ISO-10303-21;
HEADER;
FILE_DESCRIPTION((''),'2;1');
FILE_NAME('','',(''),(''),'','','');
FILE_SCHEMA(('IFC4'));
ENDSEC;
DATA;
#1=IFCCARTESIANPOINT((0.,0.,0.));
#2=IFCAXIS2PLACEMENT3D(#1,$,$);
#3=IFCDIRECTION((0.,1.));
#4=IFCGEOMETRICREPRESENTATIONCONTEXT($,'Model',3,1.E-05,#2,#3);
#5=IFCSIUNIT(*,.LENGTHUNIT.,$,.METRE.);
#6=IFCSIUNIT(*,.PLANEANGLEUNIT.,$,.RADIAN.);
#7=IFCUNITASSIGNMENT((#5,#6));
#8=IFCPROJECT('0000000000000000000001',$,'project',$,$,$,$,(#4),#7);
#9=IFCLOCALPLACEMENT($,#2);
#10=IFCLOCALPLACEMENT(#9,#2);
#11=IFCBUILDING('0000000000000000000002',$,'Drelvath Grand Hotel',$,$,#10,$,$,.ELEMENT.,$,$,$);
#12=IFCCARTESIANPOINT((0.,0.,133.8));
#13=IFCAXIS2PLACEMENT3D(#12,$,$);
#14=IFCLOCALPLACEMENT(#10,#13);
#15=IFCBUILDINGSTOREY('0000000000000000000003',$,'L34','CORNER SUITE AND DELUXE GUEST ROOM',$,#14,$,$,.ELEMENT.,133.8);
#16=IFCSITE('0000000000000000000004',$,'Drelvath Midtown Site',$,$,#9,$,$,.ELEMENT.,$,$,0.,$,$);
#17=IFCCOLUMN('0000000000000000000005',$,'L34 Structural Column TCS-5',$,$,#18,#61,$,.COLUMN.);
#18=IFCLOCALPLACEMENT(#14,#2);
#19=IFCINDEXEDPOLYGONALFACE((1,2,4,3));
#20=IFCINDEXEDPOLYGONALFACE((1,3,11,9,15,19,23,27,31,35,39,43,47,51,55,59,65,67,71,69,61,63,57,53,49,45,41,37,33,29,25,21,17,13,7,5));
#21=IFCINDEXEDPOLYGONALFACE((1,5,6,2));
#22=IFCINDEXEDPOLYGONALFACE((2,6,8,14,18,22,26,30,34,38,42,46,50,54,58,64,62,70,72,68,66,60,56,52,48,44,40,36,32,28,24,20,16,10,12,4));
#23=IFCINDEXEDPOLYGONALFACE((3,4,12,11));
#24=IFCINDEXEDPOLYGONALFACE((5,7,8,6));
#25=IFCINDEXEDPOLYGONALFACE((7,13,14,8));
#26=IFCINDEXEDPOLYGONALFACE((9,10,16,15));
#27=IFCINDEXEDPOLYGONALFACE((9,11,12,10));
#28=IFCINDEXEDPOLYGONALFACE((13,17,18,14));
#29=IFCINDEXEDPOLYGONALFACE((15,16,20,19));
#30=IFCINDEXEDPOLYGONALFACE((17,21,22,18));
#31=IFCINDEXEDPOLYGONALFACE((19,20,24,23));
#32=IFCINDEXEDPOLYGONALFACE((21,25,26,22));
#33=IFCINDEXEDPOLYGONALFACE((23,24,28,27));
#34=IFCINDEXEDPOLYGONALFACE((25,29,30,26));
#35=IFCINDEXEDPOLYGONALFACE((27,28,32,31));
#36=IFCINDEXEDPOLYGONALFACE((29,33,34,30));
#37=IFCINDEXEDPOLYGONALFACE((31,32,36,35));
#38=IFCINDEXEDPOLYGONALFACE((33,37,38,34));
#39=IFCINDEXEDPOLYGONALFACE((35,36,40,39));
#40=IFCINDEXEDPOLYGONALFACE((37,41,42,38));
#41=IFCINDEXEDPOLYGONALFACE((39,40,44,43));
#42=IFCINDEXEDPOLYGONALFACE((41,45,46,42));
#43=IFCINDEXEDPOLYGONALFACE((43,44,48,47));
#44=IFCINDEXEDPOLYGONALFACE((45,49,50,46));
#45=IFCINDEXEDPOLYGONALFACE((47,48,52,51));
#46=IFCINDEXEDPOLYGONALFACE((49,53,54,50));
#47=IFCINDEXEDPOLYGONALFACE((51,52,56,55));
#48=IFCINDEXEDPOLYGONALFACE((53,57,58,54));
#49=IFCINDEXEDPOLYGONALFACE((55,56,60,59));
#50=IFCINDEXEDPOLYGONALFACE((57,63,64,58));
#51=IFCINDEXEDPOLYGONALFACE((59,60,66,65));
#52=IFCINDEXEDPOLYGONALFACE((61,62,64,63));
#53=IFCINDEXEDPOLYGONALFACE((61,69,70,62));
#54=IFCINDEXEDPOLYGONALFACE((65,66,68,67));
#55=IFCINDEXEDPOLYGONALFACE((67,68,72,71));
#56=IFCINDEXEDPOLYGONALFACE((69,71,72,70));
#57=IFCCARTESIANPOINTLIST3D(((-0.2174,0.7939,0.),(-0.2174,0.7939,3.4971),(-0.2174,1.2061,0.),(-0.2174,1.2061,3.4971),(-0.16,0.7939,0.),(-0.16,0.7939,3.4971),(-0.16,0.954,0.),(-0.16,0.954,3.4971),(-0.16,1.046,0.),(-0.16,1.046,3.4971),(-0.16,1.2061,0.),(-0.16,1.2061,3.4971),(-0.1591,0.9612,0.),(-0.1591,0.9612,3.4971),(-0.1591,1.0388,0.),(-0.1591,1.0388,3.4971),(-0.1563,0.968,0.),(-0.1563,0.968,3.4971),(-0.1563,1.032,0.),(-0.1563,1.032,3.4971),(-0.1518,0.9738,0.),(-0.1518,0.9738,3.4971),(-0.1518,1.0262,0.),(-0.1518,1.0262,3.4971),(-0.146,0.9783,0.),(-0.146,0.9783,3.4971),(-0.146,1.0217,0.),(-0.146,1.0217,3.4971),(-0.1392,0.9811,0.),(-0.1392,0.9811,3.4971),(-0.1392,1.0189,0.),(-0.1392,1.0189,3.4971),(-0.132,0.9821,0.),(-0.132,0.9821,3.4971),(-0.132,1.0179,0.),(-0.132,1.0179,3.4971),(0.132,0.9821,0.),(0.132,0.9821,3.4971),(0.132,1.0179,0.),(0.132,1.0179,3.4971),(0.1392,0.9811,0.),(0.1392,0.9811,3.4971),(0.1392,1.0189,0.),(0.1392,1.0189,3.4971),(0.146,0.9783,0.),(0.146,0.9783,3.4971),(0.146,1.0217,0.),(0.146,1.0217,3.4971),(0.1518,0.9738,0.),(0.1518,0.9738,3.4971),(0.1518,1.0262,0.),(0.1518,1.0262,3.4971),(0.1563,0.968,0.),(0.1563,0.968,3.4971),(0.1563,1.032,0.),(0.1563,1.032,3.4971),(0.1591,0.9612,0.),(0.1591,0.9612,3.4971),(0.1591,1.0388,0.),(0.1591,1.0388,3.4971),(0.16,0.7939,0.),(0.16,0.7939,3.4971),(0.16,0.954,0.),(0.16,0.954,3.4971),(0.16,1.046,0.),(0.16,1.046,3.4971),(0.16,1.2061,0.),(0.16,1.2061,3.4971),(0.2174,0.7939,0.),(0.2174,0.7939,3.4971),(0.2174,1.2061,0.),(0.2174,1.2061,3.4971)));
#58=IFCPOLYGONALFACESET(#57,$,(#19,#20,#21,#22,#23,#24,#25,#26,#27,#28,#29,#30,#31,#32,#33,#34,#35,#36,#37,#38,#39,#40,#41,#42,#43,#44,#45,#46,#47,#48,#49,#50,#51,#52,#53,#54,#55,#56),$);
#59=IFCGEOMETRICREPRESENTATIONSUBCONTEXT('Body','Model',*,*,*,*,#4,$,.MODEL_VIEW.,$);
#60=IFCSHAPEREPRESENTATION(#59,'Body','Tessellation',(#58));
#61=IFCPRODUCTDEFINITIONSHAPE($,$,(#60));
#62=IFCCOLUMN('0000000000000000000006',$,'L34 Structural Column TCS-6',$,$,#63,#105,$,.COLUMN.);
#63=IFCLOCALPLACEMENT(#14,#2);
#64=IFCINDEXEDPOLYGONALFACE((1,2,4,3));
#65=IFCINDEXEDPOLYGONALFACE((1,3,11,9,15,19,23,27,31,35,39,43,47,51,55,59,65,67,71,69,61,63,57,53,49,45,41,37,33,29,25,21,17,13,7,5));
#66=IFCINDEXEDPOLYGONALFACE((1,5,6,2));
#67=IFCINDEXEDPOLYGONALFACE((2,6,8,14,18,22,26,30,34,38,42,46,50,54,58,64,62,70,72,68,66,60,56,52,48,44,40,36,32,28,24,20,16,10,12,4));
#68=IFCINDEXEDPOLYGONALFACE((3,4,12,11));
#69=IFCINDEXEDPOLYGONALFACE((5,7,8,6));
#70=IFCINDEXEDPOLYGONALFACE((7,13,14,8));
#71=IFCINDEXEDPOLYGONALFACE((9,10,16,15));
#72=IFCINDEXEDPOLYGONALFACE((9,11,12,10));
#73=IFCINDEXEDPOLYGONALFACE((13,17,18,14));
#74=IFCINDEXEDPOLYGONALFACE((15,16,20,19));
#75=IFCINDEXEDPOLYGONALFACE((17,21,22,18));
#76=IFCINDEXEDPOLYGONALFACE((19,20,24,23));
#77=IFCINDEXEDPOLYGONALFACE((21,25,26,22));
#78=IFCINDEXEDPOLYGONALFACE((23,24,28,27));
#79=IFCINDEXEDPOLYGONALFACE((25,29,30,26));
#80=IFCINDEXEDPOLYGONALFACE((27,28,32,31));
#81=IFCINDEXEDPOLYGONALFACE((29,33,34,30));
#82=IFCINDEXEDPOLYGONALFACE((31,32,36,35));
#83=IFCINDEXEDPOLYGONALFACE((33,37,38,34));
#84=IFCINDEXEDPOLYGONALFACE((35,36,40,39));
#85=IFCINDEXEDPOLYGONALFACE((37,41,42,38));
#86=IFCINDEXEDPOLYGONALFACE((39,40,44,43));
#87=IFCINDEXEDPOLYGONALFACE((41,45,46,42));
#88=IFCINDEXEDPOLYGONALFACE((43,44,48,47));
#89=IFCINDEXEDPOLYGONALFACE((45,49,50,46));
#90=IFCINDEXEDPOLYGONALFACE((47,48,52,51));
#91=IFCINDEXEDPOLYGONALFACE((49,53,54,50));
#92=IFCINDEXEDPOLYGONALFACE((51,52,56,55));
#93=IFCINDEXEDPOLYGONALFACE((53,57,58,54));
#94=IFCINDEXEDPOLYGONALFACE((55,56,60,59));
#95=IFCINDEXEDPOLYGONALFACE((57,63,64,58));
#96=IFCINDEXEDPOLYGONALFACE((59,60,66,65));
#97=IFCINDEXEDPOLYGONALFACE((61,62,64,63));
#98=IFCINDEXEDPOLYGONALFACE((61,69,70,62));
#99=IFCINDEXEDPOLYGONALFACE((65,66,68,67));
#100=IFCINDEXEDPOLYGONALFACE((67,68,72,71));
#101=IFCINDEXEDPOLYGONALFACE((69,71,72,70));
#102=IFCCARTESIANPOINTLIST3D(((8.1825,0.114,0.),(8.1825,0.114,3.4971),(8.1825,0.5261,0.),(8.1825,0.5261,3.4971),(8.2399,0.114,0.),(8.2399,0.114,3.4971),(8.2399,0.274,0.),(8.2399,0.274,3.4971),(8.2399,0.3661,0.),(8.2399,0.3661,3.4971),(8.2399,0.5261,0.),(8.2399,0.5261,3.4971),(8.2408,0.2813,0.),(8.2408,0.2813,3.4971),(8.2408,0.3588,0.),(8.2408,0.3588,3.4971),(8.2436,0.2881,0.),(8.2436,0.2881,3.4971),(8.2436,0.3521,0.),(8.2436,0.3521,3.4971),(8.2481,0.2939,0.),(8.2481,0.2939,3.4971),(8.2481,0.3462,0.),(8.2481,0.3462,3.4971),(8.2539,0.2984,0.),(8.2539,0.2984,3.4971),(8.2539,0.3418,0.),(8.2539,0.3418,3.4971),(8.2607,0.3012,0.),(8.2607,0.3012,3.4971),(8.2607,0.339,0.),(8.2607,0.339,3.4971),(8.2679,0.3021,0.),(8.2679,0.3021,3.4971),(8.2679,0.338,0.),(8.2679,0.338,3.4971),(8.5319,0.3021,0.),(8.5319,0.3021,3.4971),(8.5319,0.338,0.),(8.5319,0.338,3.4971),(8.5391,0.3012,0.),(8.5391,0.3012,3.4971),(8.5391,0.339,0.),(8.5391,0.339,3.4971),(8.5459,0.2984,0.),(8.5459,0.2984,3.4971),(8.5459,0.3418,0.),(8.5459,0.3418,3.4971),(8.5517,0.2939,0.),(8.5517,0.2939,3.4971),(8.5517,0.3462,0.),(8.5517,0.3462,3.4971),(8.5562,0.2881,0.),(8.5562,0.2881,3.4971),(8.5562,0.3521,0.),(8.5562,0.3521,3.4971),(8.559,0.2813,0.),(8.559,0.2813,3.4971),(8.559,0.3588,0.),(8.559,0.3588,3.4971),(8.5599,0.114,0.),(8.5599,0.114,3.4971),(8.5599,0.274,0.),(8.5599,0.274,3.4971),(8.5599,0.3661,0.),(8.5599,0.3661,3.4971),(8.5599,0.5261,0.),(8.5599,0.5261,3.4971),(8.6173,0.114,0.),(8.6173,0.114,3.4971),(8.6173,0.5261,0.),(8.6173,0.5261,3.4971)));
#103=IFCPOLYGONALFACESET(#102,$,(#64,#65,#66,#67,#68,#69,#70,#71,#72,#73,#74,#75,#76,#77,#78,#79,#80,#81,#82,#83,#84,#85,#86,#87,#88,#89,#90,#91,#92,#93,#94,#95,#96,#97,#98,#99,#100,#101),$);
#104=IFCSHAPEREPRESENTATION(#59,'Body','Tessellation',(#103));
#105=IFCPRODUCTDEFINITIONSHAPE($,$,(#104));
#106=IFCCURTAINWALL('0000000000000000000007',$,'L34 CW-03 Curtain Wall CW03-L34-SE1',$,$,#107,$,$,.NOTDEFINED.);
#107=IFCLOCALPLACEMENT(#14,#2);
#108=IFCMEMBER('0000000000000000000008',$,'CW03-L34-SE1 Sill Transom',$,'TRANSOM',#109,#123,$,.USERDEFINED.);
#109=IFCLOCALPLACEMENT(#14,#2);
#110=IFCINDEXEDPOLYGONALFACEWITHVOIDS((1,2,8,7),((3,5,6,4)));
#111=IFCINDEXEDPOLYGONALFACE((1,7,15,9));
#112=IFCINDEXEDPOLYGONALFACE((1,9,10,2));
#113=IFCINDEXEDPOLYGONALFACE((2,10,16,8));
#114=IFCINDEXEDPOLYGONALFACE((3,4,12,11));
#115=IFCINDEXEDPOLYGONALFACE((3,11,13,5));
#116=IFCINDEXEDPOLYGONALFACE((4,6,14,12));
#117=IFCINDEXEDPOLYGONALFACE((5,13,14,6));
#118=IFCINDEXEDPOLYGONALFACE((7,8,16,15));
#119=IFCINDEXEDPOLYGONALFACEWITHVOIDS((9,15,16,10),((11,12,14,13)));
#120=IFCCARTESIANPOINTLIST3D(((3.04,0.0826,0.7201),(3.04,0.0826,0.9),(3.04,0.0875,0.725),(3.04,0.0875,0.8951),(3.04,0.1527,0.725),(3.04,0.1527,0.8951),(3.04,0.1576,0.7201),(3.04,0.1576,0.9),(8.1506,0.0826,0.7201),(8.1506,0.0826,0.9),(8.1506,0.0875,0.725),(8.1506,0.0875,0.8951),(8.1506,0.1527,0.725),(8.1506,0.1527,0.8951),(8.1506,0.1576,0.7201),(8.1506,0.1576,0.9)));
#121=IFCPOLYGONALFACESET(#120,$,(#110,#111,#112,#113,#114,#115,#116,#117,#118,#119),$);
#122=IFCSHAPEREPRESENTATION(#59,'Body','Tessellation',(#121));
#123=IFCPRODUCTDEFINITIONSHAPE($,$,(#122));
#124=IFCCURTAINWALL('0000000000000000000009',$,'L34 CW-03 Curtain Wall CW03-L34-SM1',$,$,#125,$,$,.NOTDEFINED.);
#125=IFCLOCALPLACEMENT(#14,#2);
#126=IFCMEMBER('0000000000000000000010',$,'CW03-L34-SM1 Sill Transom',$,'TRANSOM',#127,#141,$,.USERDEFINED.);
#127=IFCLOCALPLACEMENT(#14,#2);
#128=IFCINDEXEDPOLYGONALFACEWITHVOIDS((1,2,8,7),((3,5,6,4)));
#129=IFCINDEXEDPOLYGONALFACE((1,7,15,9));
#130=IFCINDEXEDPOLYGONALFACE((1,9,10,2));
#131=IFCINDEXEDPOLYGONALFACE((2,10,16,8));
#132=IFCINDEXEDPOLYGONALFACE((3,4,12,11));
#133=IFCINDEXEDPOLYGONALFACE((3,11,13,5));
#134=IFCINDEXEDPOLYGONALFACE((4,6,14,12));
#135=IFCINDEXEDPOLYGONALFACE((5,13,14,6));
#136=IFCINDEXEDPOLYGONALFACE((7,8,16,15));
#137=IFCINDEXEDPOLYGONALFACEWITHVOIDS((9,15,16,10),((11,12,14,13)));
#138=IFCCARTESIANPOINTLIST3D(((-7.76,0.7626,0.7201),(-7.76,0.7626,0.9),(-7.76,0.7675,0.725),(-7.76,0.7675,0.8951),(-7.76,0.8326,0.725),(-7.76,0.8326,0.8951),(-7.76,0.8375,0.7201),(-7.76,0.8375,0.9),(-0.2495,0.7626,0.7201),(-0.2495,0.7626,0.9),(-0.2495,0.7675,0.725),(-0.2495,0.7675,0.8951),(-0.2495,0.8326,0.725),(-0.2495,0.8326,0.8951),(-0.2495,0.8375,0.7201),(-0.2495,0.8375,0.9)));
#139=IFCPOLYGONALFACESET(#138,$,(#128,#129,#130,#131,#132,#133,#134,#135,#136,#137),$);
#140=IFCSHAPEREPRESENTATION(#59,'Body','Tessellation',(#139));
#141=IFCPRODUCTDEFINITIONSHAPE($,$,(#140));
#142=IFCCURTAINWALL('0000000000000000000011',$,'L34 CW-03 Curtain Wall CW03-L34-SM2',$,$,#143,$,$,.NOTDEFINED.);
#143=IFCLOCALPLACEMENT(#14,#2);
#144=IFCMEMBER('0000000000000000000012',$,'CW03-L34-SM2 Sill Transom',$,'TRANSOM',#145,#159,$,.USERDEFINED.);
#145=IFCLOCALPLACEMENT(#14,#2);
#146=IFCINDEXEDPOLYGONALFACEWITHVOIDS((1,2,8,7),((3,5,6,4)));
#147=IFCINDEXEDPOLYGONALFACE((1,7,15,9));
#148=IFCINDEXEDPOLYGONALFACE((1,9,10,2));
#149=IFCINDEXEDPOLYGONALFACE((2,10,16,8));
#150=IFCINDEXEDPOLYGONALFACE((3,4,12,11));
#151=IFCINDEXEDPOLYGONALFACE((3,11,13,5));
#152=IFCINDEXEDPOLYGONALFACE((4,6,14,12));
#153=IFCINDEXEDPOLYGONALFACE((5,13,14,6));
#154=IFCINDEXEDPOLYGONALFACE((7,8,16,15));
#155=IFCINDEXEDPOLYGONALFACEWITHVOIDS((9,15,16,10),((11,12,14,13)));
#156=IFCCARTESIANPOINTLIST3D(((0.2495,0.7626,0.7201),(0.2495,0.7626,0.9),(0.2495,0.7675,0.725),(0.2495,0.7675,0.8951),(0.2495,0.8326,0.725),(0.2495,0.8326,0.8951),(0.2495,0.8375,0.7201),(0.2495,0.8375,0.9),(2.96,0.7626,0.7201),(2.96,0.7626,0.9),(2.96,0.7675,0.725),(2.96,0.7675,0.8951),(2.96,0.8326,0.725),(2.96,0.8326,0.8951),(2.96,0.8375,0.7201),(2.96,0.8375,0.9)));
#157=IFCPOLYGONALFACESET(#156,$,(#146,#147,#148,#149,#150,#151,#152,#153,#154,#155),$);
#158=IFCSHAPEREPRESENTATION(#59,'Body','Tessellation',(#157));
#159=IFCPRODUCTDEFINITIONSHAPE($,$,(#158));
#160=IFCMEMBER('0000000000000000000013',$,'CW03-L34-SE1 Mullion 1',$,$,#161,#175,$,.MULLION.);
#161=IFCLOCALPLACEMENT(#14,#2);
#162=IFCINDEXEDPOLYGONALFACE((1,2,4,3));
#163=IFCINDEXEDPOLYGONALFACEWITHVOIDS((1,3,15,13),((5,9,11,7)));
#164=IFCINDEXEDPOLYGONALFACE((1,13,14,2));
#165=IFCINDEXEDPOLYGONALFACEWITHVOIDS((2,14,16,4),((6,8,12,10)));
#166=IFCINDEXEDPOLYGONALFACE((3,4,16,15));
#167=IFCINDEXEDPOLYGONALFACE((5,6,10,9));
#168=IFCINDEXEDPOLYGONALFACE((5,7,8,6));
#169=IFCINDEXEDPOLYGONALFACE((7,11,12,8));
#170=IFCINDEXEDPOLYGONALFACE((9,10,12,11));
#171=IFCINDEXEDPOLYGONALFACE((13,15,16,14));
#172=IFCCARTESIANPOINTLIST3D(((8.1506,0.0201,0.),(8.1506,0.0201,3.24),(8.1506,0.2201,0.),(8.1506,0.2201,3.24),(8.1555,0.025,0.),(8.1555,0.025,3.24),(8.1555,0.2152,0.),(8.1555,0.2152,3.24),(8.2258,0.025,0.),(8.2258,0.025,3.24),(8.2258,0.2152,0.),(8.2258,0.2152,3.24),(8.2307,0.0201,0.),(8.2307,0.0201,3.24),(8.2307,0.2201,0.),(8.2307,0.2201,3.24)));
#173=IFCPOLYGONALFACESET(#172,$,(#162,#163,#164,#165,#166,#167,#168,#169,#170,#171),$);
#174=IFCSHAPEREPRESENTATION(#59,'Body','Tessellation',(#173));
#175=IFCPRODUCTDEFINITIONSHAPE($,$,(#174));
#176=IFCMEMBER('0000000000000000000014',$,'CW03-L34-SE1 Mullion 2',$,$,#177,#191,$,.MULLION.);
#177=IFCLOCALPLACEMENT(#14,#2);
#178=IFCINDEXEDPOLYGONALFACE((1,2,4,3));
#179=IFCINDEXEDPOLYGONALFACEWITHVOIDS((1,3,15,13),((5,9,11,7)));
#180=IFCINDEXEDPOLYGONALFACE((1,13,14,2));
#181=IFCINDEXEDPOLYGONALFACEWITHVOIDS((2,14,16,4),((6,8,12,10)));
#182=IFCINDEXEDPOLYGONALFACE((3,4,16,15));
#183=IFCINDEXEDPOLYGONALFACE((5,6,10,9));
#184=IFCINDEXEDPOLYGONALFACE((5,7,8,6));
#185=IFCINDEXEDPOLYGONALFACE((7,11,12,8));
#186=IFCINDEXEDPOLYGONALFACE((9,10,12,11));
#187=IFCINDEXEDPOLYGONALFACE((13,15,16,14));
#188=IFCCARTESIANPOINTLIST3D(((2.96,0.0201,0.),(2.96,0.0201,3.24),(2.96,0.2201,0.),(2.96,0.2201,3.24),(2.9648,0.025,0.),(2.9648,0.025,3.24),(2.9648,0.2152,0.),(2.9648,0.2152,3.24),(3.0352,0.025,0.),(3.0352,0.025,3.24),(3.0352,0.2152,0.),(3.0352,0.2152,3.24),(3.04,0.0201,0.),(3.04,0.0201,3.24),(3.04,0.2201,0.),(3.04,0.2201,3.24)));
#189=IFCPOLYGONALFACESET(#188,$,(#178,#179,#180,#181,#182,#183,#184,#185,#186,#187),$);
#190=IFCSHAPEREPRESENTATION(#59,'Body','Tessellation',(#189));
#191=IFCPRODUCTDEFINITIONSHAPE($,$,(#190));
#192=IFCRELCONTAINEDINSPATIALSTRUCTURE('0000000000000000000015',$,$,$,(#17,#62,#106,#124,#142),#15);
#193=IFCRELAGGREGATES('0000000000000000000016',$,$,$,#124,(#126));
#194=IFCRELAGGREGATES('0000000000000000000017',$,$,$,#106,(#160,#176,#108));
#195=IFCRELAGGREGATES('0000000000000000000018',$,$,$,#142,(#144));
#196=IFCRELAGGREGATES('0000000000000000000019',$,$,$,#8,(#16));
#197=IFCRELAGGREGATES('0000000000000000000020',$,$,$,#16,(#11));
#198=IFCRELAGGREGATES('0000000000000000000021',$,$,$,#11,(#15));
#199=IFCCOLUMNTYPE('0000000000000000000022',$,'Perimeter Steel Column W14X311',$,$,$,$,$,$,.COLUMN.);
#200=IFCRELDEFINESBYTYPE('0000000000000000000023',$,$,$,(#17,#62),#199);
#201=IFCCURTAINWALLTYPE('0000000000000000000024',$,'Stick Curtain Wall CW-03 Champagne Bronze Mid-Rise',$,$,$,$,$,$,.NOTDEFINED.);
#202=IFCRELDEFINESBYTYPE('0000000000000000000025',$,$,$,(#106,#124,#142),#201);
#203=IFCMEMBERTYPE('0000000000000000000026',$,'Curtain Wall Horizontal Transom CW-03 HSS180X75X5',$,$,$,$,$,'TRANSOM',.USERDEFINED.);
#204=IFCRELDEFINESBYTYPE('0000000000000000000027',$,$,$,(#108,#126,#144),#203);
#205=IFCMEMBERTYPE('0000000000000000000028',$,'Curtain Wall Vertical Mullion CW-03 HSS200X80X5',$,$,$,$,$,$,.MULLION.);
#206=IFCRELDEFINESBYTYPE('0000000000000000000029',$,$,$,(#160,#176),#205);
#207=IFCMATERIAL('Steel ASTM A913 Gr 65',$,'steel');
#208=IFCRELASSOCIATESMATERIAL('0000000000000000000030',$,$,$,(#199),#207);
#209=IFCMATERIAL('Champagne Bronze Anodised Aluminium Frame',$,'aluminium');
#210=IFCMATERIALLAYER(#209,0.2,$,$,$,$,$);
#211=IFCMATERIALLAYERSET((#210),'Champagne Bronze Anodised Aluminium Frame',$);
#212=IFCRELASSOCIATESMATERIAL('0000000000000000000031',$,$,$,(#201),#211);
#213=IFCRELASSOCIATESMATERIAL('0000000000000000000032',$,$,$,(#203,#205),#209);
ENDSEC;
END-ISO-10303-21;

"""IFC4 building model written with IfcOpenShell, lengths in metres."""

from ifc_helpers import new_model, si_unit, direction, frame, origin, origin_2d, place, context, subcontext, project, spatial, hollow_rectangle, i_section, extrude, material, layer, layer_set, material_profile, profile_set, type_object, element, aggregate, save


model = new_model("IFC4")

# Units and contexts
model_context = context("Model", 3, precision=1e-05, world=origin(), true_north=direction((0.0, 1.0)))
body_context = subcontext(model_context, "Body", "Model", "MODEL_VIEW")
ifc_project = project(units=[si_unit("LENGTHUNIT", "METRE"), si_unit("PLANEANGLEUNIT", "RADIAN")], contexts=[model_context])

# Site, building, storey
site_placement = place(None, origin())
site = spatial("IfcSite", under=ifc_project, at=site_placement, Name="Drelvath Midtown Site", CompositionType="ELEMENT", RefElevation=0.0)
building_placement = place(site_placement, origin())
building = spatial("IfcBuilding", under=site, at=building_placement, Name="Drelvath Grand Hotel", CompositionType="ELEMENT")
storey_placement = place(building_placement, frame((0.0, 0.0, 133.8)))
storey = spatial("IfcBuildingStorey", under=building, at=storey_placement, Name="L34", Description="CORNER SUITE AND DELUXE GUEST ROOM", CompositionType="ELEMENT", Elevation=133.8)

# Columns
ifc_material_1 = material(Name="Steel ASTM A913 Gr 65", Category="steel")
ifc_material_profile_1 = material_profile(ifc_material_1, i_section(OverallWidth=0.4121, OverallDepth=0.4348, WebThickness=0.0359, FlangeThickness=0.0574, FilletRadius=0.0281, at=origin_2d()), Name="W14X311")
ifc_profile_set_1 = profile_set([ifc_material_profile_1], Name="Steel ASTM A913 Gr 65")
column_type = type_object("IfcColumnType", Name="Perimeter Steel Column W14X311", PredefinedType="COLUMN", material=ifc_profile_set_1)
for number, where, z_axis, x_axis, name in (
    (1, (0.0, 1.0, 0.0), (0.0, 0.0, 1.0), (0.0, 1.0, 0.0), "L34 Structural Column TCS-5"),
    (2, (8.3999, 0.3201, 0.0), (0.0, 0.0, 1.0), (0.0, 1.0, 0.0), "L34 Structural Column TCS-6"),
):
    element("IfcColumn", number, at=place(storey_placement, frame(where, z_axis=z_axis, x_axis=x_axis)), inside=storey, type_object=column_type, Name=name, PredefinedType="COLUMN", context=body_context, shape_type="SweptSolid", body=[
        extrude(i_section(OverallWidth=0.4121, OverallDepth=0.4348, WebThickness=0.0359, FlangeThickness=0.0574, FilletRadius=0.0281, at=origin_2d()), origin(), (0.0, 0.0, 1.0), 3.4971),
    ])

# Curtain walls, members
ifc_material_2 = material(Name="Champagne Bronze Anodised Aluminium Frame", Category="aluminium")
ifc_layer_1 = layer(ifc_material_2, 0.2)
ifc_layer_set_1 = layer_set([ifc_layer_1], Name="Champagne Bronze Anodised Aluminium Frame")
curtain_wall_type = type_object("IfcCurtainWallType", Name="Stick Curtain Wall CW-03 Champagne Bronze Mid-Rise", PredefinedType="NOTDEFINED", material=ifc_layer_set_1)
curtain_wall_1_placement = place(storey_placement, origin())
curtain_wall_1 = element("IfcCurtainWall", 3, at=curtain_wall_1_placement, inside=storey, type_object=curtain_wall_type, Name="L34 CW-03 Curtain Wall CW03-L34-SE1", PredefinedType="NOTDEFINED")
ifc_material_profile_2 = material_profile(ifc_material_2, hollow_rectangle(XDim=0.075, YDim=0.1799, WallThickness=0.0049, at=origin_2d()), Name="HSS180X75X5")
ifc_profile_set_2 = profile_set([ifc_material_profile_2], Name="Champagne Bronze Anodised Aluminium Frame")
member_type_1 = type_object("IfcMemberType", Name="Curtain Wall Horizontal Transom CW-03 HSS180X75X5", ElementType="TRANSOM", PredefinedType="USERDEFINED", material=ifc_profile_set_2)
member_1_placement = place(storey_placement, frame((8.1506, 0.1201, 0.8101), z_axis=(-1.0, 0.0, 0.0), x_axis=(0.0, -1.0, 0.0)))
member_1 = element("IfcMember", 4, at=member_1_placement, type_object=member_type_1, Name="CW03-L34-SE1 Sill Transom", ObjectType="TRANSOM", PredefinedType="USERDEFINED", context=body_context, shape_type="SweptSolid", body=[
    extrude(hollow_rectangle(XDim=0.075, YDim=0.1799, WallThickness=0.0049, at=origin_2d()), origin(), (0.0, 0.0, 1.0), 5.1106),
])
curtain_wall_2_placement = place(storey_placement, origin())
curtain_wall_2 = element("IfcCurtainWall", 5, at=curtain_wall_2_placement, inside=storey, type_object=curtain_wall_type, Name="L34 CW-03 Curtain Wall CW03-L34-SM1", PredefinedType="NOTDEFINED")
member_2_placement = place(storey_placement, frame((-0.2495, 0.8, 0.8101), z_axis=(-1.0, 0.0, 0.0), x_axis=(0.0, -1.0, 0.0)))
member_2 = element("IfcMember", 6, at=member_2_placement, type_object=member_type_1, Name="CW03-L34-SM1 Sill Transom", ObjectType="TRANSOM", PredefinedType="USERDEFINED", context=body_context, shape_type="SweptSolid", body=[
    extrude(hollow_rectangle(XDim=0.075, YDim=0.1799, WallThickness=0.0049, at=origin_2d()), origin(), (0.0, 0.0, 1.0), 7.5105),
])
curtain_wall_3_placement = place(storey_placement, origin())
curtain_wall_3 = element("IfcCurtainWall", 7, at=curtain_wall_3_placement, inside=storey, type_object=curtain_wall_type, Name="L34 CW-03 Curtain Wall CW03-L34-SM2", PredefinedType="NOTDEFINED")
member_3_placement = place(storey_placement, frame((2.96, 0.8, 0.8101), z_axis=(-1.0, 0.0, 0.0), x_axis=(0.0, -1.0, 0.0)))
member_3 = element("IfcMember", 8, at=member_3_placement, type_object=member_type_1, Name="CW03-L34-SM2 Sill Transom", ObjectType="TRANSOM", PredefinedType="USERDEFINED", context=body_context, shape_type="SweptSolid", body=[
    extrude(hollow_rectangle(XDim=0.075, YDim=0.1799, WallThickness=0.0049, at=origin_2d()), origin(), (0.0, 0.0, 1.0), 2.7104),
])

# Members
ifc_material_profile_3 = material_profile(ifc_material_2, hollow_rectangle(XDim=0.0801, YDim=0.2, WallThickness=0.0049, at=origin_2d()), Name="HSS200X80X5")
ifc_profile_set_3 = profile_set([ifc_material_profile_3], Name="Champagne Bronze Anodised Aluminium Frame")
member_type_2 = type_object("IfcMemberType", Name="Curtain Wall Vertical Mullion CW-03 HSS200X80X5", PredefinedType="MULLION", material=ifc_profile_set_3)
member_4_placement = place(storey_placement, frame((8.1907, 0.1201, 0.0), z_axis=(0.0, 0.0, 1.0), x_axis=(1.0, 0.0, 0.0)))
member_4 = element("IfcMember", 9, at=member_4_placement, type_object=member_type_2, Name="CW03-L34-SE1 Mullion 1", PredefinedType="MULLION", context=body_context, shape_type="SweptSolid", body=[
    extrude(hollow_rectangle(XDim=0.0801, YDim=0.2, WallThickness=0.0049, at=origin_2d()), origin(), (0.0, 0.0, 1.0), 3.24),
])
member_5_placement = place(storey_placement, frame((3.0, 0.1201, 0.0), z_axis=(0.0, 0.0, 1.0), x_axis=(1.0, 0.0, 0.0)))
member_5 = element("IfcMember", 10, at=member_5_placement, type_object=member_type_2, Name="CW03-L34-SE1 Mullion 2", PredefinedType="MULLION", context=body_context, shape_type="SweptSolid", body=[
    extrude(hollow_rectangle(XDim=0.0801, YDim=0.2, WallThickness=0.0049, at=origin_2d()), origin(), (0.0, 0.0, 1.0), 3.24),
])
aggregate(curtain_wall_2, [member_2])

aggregate(curtain_wall_1, [member_4, member_5, member_1])
aggregate(curtain_wall_3, [member_3])

save(model, "model.ifc")
